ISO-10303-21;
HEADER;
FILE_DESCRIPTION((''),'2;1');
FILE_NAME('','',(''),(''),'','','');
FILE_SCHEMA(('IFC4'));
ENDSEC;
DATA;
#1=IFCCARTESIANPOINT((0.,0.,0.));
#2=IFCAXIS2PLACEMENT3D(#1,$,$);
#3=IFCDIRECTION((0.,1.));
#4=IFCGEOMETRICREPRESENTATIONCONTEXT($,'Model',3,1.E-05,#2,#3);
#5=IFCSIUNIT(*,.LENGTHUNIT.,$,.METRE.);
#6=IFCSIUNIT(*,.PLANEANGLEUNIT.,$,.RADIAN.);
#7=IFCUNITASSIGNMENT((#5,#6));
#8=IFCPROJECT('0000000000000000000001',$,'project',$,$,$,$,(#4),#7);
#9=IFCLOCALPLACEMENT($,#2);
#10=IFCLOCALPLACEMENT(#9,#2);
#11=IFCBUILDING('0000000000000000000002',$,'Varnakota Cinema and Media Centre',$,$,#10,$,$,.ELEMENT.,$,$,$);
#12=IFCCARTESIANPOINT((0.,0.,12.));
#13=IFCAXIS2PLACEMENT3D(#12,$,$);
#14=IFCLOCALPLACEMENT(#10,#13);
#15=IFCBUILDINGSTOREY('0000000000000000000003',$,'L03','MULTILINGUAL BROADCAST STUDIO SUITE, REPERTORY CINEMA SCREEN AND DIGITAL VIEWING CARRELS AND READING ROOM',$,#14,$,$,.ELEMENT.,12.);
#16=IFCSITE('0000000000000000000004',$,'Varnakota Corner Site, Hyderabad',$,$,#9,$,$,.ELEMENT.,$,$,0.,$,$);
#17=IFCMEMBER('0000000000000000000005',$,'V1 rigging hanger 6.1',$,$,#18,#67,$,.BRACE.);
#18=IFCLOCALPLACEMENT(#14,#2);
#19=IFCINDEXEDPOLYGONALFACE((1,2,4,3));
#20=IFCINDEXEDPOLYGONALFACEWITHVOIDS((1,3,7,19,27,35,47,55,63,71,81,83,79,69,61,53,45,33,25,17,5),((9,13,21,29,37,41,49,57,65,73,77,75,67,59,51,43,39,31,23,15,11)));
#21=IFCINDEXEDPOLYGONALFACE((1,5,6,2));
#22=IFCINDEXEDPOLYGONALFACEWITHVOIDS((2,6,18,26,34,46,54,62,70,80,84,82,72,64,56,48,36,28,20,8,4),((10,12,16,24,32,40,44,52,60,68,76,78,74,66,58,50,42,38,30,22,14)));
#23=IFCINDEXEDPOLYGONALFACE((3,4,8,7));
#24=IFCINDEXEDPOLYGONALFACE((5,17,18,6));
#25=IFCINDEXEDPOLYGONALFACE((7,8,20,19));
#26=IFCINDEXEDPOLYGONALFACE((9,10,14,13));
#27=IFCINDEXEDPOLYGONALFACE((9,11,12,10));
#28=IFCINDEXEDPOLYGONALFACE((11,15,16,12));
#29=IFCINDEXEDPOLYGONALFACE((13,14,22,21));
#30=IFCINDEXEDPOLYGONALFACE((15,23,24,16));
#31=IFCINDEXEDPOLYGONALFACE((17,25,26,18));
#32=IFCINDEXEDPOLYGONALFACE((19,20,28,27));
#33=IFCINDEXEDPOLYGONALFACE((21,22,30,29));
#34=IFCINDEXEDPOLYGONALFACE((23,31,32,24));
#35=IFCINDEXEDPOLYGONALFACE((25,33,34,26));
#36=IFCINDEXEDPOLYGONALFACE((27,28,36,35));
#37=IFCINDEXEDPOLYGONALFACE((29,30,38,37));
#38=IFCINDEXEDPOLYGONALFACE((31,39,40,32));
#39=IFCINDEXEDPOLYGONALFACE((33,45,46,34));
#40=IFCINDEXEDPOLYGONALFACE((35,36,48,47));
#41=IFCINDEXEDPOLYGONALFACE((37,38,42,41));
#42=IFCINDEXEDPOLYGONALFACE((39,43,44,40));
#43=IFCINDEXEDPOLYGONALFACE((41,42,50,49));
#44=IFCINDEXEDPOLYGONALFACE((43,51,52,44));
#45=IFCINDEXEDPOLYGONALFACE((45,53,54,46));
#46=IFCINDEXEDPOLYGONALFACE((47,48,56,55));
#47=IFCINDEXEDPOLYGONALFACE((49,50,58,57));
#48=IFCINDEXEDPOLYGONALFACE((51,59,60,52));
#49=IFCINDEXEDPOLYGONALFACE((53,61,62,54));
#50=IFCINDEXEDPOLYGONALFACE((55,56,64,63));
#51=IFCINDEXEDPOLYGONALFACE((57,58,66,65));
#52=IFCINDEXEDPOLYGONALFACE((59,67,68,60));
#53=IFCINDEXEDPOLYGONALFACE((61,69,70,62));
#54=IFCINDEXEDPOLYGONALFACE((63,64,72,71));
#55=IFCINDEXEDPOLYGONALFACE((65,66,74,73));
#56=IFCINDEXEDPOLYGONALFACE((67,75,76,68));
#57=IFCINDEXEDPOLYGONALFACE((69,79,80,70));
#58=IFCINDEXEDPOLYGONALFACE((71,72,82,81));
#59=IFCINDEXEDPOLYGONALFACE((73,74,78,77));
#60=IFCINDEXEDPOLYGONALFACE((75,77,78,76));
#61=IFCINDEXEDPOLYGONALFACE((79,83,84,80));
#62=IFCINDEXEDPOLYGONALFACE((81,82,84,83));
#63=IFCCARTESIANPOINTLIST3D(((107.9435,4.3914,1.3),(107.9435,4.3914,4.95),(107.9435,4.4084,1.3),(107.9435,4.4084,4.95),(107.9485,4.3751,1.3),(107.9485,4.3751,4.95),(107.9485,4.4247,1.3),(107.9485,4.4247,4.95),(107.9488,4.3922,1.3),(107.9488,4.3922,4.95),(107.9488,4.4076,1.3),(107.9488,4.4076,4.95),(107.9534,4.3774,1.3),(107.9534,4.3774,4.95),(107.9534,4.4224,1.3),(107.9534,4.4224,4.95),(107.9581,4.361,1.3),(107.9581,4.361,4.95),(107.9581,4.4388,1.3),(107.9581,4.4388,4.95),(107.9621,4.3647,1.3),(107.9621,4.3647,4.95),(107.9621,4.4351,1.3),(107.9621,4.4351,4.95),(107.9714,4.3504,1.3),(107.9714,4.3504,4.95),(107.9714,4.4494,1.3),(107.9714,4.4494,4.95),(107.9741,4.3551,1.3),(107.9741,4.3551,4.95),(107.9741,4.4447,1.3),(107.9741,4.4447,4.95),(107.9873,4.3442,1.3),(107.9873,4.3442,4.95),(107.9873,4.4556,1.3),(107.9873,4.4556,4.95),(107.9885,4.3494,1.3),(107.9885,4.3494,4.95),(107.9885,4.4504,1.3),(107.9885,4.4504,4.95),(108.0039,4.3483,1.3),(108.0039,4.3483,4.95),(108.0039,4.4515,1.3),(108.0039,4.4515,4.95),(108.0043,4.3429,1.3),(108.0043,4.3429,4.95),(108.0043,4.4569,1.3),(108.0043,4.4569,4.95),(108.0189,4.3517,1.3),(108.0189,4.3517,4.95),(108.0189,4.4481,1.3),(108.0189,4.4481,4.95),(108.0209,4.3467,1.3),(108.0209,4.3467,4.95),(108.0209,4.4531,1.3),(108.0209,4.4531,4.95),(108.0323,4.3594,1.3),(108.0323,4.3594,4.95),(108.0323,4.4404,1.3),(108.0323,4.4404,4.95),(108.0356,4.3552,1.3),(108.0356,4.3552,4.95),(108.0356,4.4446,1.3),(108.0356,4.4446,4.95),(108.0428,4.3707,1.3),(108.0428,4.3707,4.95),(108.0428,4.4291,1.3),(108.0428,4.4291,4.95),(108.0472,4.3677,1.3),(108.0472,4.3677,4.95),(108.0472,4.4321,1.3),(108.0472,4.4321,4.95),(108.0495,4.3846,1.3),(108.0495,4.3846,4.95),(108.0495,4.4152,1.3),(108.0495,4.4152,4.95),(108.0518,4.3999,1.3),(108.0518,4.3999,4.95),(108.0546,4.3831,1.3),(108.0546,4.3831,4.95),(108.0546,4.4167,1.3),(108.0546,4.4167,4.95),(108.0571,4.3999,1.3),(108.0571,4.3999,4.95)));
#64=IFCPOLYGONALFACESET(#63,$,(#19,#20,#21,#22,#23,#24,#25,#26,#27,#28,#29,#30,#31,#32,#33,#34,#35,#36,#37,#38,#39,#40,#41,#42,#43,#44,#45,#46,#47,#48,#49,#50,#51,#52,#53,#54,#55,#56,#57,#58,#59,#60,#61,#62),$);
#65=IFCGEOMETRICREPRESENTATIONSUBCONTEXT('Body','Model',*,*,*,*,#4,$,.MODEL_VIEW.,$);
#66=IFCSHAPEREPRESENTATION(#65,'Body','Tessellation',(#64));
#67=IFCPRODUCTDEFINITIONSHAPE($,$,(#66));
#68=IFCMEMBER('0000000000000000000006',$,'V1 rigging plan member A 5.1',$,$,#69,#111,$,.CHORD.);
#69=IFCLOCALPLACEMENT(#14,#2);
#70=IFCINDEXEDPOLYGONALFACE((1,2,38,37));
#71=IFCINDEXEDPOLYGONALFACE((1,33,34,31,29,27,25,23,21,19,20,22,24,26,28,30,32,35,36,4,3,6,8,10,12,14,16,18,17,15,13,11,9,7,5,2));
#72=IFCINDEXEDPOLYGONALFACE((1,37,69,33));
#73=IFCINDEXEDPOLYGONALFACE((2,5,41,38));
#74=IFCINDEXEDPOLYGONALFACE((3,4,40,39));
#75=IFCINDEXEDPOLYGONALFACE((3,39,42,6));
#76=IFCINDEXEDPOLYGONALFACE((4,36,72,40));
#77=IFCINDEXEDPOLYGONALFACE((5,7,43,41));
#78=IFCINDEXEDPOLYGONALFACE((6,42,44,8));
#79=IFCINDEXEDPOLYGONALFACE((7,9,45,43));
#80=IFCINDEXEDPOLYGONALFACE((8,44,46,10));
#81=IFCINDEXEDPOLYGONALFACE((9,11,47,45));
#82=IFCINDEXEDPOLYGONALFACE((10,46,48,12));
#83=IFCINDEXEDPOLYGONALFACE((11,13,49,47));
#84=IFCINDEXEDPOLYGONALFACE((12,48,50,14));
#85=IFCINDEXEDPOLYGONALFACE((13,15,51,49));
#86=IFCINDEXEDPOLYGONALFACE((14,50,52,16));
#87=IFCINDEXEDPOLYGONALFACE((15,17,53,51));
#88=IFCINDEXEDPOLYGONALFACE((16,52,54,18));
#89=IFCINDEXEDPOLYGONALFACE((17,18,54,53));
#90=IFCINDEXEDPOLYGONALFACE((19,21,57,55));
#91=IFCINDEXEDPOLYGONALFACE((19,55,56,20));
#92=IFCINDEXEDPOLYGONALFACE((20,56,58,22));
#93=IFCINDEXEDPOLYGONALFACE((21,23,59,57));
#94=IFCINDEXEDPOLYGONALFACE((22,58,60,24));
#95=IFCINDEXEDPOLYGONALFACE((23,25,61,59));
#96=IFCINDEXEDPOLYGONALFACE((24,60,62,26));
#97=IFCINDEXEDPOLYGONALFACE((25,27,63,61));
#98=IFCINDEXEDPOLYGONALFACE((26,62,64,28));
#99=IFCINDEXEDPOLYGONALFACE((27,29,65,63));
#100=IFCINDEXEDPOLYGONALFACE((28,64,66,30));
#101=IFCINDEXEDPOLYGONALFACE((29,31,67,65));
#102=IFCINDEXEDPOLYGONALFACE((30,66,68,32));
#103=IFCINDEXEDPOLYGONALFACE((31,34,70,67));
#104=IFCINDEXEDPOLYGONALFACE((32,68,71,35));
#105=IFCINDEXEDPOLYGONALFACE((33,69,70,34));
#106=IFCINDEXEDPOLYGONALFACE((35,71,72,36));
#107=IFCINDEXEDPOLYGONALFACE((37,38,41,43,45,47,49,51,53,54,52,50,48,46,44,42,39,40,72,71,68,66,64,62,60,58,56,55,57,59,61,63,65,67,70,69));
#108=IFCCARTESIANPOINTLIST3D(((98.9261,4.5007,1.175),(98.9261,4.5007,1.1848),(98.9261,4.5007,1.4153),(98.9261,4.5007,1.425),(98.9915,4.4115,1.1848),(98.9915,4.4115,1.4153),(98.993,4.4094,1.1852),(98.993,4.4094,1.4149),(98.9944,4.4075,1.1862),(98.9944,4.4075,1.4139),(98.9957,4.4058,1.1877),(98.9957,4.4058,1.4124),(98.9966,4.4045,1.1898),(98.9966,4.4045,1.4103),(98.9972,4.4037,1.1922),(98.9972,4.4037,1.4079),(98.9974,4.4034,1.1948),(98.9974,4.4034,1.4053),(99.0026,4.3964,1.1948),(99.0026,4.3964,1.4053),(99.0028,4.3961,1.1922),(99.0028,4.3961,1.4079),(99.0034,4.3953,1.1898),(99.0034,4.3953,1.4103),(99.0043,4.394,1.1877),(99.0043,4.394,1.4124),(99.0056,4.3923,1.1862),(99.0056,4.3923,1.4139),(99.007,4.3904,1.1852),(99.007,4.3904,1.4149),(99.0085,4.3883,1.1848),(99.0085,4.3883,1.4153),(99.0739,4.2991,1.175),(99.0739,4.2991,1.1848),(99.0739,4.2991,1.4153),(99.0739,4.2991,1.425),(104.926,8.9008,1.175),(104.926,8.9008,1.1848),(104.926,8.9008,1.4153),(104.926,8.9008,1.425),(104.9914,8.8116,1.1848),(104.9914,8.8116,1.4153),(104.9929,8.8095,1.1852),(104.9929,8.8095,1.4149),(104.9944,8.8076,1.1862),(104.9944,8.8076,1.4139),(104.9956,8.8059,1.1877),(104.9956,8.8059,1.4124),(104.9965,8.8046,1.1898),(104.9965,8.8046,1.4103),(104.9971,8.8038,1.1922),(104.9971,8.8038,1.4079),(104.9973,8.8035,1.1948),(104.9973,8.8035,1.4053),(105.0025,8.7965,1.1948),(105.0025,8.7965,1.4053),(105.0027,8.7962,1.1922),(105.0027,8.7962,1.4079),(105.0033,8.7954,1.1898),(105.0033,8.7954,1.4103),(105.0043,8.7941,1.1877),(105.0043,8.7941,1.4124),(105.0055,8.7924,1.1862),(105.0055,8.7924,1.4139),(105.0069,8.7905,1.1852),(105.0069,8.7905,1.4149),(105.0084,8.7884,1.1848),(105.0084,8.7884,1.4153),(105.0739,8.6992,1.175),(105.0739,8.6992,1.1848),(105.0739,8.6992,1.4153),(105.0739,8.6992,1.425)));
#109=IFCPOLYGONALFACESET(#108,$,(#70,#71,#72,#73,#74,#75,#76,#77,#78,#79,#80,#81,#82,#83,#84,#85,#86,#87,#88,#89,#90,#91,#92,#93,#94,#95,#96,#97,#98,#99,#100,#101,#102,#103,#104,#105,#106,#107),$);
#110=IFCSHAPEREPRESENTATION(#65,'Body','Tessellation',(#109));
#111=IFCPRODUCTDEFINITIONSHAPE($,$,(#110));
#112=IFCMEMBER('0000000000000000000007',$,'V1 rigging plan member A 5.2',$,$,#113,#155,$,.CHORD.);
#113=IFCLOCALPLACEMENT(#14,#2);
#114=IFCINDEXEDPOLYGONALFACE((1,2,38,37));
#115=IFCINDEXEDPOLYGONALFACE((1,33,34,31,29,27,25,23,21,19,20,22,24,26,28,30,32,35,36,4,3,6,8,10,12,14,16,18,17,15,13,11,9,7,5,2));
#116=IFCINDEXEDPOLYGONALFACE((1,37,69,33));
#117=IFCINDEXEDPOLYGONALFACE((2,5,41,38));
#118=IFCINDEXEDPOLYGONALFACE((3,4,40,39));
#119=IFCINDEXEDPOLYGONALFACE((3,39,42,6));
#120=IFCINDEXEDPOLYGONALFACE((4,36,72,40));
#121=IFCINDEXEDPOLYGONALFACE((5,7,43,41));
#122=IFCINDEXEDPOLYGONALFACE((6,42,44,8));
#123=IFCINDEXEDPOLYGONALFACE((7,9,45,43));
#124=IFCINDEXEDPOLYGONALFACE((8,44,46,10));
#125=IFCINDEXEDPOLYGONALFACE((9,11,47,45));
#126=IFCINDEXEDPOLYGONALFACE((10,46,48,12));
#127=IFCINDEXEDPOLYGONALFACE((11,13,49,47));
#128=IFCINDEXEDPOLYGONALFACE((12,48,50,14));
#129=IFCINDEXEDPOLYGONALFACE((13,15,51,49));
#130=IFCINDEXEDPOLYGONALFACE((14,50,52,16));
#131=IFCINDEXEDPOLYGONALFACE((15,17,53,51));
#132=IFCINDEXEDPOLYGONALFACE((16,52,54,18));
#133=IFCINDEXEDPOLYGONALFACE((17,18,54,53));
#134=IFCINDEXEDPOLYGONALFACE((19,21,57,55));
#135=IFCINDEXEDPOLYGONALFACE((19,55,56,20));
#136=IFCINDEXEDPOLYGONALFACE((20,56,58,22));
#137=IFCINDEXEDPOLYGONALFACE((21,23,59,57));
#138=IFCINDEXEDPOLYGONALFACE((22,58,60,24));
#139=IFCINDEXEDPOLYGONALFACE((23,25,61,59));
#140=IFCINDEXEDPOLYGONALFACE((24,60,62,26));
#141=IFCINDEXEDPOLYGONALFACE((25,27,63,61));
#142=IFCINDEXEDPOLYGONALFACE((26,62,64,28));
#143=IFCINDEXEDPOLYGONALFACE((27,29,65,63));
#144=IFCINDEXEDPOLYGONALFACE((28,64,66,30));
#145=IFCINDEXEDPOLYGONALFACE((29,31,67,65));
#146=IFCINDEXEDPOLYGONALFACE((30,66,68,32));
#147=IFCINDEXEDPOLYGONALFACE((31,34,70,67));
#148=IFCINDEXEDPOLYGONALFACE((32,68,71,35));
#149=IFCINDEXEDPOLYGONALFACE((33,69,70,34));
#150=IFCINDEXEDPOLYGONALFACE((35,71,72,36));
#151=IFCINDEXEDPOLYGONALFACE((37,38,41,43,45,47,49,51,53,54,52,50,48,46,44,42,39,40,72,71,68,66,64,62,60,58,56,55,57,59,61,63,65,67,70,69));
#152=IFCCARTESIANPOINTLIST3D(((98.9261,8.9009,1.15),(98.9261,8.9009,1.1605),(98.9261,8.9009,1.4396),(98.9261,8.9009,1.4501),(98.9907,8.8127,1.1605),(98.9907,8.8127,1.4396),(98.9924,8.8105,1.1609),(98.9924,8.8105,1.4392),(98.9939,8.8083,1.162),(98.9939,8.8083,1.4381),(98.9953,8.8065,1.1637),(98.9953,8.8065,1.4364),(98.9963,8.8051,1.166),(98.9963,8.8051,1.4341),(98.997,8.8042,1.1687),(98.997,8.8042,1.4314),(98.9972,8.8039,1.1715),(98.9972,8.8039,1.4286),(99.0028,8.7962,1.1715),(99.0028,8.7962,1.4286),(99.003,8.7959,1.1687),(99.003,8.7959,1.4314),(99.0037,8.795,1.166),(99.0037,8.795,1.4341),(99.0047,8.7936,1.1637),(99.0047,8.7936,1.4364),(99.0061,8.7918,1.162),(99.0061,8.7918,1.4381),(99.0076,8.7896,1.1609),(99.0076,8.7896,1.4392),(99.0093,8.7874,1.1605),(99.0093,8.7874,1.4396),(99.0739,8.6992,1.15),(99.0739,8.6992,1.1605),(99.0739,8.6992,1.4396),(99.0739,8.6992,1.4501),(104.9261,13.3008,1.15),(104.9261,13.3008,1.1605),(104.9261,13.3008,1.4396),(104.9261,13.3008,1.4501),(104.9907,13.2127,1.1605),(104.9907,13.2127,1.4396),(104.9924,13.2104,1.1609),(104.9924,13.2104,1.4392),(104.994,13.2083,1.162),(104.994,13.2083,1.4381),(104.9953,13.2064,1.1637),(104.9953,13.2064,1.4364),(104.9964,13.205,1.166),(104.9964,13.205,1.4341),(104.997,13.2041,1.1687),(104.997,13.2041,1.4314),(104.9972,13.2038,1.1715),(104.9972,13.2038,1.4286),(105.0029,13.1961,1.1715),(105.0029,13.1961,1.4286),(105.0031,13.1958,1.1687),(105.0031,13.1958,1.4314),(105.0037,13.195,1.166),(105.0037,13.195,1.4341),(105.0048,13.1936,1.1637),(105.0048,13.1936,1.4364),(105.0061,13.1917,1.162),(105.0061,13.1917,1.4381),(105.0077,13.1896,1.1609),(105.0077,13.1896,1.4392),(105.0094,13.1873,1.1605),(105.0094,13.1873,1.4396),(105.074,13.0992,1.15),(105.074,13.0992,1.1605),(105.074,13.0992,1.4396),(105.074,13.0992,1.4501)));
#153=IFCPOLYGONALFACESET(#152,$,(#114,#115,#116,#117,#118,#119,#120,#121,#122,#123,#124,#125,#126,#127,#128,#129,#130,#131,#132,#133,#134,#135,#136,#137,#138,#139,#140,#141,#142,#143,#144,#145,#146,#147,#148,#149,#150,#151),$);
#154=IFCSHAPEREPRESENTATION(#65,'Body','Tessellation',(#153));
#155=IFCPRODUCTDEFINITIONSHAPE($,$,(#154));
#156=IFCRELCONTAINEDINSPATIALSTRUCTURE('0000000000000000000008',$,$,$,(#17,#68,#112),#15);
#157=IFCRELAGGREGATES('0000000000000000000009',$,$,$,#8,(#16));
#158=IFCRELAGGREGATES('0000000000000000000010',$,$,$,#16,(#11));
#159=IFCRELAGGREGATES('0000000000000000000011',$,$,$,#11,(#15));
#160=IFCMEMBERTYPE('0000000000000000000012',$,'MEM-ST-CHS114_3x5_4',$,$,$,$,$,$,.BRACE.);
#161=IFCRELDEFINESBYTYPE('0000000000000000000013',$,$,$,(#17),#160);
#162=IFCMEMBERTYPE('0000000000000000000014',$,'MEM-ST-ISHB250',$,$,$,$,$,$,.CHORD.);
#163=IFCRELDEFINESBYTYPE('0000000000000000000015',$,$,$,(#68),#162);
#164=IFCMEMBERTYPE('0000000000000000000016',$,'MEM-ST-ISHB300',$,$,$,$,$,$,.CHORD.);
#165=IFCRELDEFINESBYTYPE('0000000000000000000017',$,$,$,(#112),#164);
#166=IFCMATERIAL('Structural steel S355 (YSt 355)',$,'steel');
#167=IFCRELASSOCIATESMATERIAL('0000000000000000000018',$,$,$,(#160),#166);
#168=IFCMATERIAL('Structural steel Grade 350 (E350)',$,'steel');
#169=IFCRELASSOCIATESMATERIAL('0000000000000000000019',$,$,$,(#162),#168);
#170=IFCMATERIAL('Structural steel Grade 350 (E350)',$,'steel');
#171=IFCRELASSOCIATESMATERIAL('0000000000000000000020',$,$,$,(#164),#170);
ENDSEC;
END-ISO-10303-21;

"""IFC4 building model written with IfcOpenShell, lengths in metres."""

from ifc_helpers import new_model, si_unit, direction, frame, origin, origin_2d, place, context, subcontext, project, spatial, hollow_circle, i_section, extrude, material, material_profile, profile_set, type_object, element, save


model = new_model("IFC4")

# Units and contexts
model_context = context("Model", 3, precision=1e-05, world=origin(), true_north=direction((0.0, 1.0)))
body_context = subcontext(model_context, "Body", "Model", "MODEL_VIEW")
ifc_project = project(units=[si_unit("LENGTHUNIT", "METRE"), si_unit("PLANEANGLEUNIT", "RADIAN")], contexts=[model_context])

# Site, building, storey
site_placement = place(None, origin())
site = spatial("IfcSite", under=ifc_project, at=site_placement, Name="Varnakota Corner Site, Hyderabad", CompositionType="ELEMENT", RefElevation=0.0)
building_placement = place(site_placement, origin())
building = spatial("IfcBuilding", under=site, at=building_placement, Name="Varnakota Cinema and Media Centre", CompositionType="ELEMENT")
storey_placement = place(building_placement, frame((0.0, 0.0, 12.0)))
storey = spatial("IfcBuildingStorey", under=building, at=storey_placement, Name="L03", Description="MULTILINGUAL BROADCAST STUDIO SUITE, REPERTORY CINEMA SCREEN AND DIGITAL VIEWING CARRELS AND READING ROOM", CompositionType="ELEMENT", Elevation=12.0)

# Members
ifc_material_1 = material(Name="Structural steel S355 (YSt 355)", Category="steel")
ifc_material_profile_1 = material_profile(ifc_material_1, hollow_circle(Radius=0.0571, WallThickness=0.0054, at=origin_2d()), Name="CHS 114.3x5.4")
ifc_profile_set_1 = profile_set([ifc_material_profile_1], Name="Structural steel S355 (YSt 355)")
member_type_1 = type_object("IfcMemberType", Name="MEM-ST-CHS114_3x5_4", PredefinedType="BRACE", material=ifc_profile_set_1)
for number, where, z_axis, x_axis, name in (
    (1, (108.0, 4.3999, 1.3), (0.0, 0.0, 1.0), (1.0, 0.0, 0.0), "V1 rigging hanger 6.1"),
):
    element("IfcMember", number, at=place(storey_placement, frame(where, z_axis=z_axis, x_axis=x_axis)), inside=storey, type_object=member_type_1, Name=name, PredefinedType="BRACE", context=body_context, shape_type="SweptSolid", body=[
        extrude(hollow_circle(Radius=0.0571, WallThickness=0.0054, at=origin_2d()), origin(), (0.0, 0.0, 1.0), 3.6499),
    ])
ifc_material_2 = material(Name="Structural steel Grade 350 (E350)", Category="steel")
ifc_material_profile_2 = material_profile(ifc_material_2, i_section(OverallWidth=0.25, OverallDepth=0.25, WebThickness=0.0088, FlangeThickness=0.0098, FilletRadius=0.01, at=origin_2d()), Name="ISHB 250")
ifc_profile_set_2 = profile_set([ifc_material_profile_2], Name="Structural steel Grade 350 (E350)")
member_type_2 = type_object("IfcMemberType", Name="MEM-ST-ISHB250", PredefinedType="CHORD", material=ifc_profile_set_2)
member_1_placement = place(storey_placement, frame((99.0, 4.3999, 1.3), z_axis=(0.806396, 0.591376, 0.0), x_axis=(-0.591376, 0.806396, 0.0)))
element("IfcMember", 2, at=member_1_placement, inside=storey, type_object=member_type_2, Name="V1 rigging plan member A 5.1", PredefinedType="CHORD", context=body_context, shape_type="SweptSolid", body=[
    extrude(i_section(OverallWidth=0.25, OverallDepth=0.25, WebThickness=0.0088, FlangeThickness=0.0098, FilletRadius=0.01, at=origin_2d()), origin(), (0.0, 0.0, 1.0), 7.4404),
])
ifc_material_3 = material(Name="Structural steel Grade 350 (E350)", Category="steel")
ifc_material_profile_3 = material_profile(ifc_material_3, i_section(OverallWidth=0.25, OverallDepth=0.3, WebThickness=0.0095, FlangeThickness=0.0105, FilletRadius=0.011, at=origin_2d()), Name="ISHB 300")
ifc_profile_set_3 = profile_set([ifc_material_profile_3], Name="Structural steel Grade 350 (E350)")
member_type_3 = type_object("IfcMemberType", Name="MEM-ST-ISHB300", PredefinedType="CHORD", material=ifc_profile_set_3)
member_2_placement = place(storey_placement, frame((99.0, 8.8, 1.3), z_axis=(0.806411, 0.591355, 0.0), x_axis=(-0.591355, 0.806411, 0.0)))
element("IfcMember", 3, at=member_2_placement, inside=storey, type_object=member_type_3, Name="V1 rigging plan member A 5.2", PredefinedType="CHORD", context=body_context, shape_type="SweptSolid", body=[
    extrude(i_section(OverallWidth=0.25, OverallDepth=0.3, WebThickness=0.0095, FlangeThickness=0.0105, FilletRadius=0.011, at=origin_2d()), origin(), (0.0, 0.0, 1.0), 7.4404),
])

save(model, "model.ifc")
